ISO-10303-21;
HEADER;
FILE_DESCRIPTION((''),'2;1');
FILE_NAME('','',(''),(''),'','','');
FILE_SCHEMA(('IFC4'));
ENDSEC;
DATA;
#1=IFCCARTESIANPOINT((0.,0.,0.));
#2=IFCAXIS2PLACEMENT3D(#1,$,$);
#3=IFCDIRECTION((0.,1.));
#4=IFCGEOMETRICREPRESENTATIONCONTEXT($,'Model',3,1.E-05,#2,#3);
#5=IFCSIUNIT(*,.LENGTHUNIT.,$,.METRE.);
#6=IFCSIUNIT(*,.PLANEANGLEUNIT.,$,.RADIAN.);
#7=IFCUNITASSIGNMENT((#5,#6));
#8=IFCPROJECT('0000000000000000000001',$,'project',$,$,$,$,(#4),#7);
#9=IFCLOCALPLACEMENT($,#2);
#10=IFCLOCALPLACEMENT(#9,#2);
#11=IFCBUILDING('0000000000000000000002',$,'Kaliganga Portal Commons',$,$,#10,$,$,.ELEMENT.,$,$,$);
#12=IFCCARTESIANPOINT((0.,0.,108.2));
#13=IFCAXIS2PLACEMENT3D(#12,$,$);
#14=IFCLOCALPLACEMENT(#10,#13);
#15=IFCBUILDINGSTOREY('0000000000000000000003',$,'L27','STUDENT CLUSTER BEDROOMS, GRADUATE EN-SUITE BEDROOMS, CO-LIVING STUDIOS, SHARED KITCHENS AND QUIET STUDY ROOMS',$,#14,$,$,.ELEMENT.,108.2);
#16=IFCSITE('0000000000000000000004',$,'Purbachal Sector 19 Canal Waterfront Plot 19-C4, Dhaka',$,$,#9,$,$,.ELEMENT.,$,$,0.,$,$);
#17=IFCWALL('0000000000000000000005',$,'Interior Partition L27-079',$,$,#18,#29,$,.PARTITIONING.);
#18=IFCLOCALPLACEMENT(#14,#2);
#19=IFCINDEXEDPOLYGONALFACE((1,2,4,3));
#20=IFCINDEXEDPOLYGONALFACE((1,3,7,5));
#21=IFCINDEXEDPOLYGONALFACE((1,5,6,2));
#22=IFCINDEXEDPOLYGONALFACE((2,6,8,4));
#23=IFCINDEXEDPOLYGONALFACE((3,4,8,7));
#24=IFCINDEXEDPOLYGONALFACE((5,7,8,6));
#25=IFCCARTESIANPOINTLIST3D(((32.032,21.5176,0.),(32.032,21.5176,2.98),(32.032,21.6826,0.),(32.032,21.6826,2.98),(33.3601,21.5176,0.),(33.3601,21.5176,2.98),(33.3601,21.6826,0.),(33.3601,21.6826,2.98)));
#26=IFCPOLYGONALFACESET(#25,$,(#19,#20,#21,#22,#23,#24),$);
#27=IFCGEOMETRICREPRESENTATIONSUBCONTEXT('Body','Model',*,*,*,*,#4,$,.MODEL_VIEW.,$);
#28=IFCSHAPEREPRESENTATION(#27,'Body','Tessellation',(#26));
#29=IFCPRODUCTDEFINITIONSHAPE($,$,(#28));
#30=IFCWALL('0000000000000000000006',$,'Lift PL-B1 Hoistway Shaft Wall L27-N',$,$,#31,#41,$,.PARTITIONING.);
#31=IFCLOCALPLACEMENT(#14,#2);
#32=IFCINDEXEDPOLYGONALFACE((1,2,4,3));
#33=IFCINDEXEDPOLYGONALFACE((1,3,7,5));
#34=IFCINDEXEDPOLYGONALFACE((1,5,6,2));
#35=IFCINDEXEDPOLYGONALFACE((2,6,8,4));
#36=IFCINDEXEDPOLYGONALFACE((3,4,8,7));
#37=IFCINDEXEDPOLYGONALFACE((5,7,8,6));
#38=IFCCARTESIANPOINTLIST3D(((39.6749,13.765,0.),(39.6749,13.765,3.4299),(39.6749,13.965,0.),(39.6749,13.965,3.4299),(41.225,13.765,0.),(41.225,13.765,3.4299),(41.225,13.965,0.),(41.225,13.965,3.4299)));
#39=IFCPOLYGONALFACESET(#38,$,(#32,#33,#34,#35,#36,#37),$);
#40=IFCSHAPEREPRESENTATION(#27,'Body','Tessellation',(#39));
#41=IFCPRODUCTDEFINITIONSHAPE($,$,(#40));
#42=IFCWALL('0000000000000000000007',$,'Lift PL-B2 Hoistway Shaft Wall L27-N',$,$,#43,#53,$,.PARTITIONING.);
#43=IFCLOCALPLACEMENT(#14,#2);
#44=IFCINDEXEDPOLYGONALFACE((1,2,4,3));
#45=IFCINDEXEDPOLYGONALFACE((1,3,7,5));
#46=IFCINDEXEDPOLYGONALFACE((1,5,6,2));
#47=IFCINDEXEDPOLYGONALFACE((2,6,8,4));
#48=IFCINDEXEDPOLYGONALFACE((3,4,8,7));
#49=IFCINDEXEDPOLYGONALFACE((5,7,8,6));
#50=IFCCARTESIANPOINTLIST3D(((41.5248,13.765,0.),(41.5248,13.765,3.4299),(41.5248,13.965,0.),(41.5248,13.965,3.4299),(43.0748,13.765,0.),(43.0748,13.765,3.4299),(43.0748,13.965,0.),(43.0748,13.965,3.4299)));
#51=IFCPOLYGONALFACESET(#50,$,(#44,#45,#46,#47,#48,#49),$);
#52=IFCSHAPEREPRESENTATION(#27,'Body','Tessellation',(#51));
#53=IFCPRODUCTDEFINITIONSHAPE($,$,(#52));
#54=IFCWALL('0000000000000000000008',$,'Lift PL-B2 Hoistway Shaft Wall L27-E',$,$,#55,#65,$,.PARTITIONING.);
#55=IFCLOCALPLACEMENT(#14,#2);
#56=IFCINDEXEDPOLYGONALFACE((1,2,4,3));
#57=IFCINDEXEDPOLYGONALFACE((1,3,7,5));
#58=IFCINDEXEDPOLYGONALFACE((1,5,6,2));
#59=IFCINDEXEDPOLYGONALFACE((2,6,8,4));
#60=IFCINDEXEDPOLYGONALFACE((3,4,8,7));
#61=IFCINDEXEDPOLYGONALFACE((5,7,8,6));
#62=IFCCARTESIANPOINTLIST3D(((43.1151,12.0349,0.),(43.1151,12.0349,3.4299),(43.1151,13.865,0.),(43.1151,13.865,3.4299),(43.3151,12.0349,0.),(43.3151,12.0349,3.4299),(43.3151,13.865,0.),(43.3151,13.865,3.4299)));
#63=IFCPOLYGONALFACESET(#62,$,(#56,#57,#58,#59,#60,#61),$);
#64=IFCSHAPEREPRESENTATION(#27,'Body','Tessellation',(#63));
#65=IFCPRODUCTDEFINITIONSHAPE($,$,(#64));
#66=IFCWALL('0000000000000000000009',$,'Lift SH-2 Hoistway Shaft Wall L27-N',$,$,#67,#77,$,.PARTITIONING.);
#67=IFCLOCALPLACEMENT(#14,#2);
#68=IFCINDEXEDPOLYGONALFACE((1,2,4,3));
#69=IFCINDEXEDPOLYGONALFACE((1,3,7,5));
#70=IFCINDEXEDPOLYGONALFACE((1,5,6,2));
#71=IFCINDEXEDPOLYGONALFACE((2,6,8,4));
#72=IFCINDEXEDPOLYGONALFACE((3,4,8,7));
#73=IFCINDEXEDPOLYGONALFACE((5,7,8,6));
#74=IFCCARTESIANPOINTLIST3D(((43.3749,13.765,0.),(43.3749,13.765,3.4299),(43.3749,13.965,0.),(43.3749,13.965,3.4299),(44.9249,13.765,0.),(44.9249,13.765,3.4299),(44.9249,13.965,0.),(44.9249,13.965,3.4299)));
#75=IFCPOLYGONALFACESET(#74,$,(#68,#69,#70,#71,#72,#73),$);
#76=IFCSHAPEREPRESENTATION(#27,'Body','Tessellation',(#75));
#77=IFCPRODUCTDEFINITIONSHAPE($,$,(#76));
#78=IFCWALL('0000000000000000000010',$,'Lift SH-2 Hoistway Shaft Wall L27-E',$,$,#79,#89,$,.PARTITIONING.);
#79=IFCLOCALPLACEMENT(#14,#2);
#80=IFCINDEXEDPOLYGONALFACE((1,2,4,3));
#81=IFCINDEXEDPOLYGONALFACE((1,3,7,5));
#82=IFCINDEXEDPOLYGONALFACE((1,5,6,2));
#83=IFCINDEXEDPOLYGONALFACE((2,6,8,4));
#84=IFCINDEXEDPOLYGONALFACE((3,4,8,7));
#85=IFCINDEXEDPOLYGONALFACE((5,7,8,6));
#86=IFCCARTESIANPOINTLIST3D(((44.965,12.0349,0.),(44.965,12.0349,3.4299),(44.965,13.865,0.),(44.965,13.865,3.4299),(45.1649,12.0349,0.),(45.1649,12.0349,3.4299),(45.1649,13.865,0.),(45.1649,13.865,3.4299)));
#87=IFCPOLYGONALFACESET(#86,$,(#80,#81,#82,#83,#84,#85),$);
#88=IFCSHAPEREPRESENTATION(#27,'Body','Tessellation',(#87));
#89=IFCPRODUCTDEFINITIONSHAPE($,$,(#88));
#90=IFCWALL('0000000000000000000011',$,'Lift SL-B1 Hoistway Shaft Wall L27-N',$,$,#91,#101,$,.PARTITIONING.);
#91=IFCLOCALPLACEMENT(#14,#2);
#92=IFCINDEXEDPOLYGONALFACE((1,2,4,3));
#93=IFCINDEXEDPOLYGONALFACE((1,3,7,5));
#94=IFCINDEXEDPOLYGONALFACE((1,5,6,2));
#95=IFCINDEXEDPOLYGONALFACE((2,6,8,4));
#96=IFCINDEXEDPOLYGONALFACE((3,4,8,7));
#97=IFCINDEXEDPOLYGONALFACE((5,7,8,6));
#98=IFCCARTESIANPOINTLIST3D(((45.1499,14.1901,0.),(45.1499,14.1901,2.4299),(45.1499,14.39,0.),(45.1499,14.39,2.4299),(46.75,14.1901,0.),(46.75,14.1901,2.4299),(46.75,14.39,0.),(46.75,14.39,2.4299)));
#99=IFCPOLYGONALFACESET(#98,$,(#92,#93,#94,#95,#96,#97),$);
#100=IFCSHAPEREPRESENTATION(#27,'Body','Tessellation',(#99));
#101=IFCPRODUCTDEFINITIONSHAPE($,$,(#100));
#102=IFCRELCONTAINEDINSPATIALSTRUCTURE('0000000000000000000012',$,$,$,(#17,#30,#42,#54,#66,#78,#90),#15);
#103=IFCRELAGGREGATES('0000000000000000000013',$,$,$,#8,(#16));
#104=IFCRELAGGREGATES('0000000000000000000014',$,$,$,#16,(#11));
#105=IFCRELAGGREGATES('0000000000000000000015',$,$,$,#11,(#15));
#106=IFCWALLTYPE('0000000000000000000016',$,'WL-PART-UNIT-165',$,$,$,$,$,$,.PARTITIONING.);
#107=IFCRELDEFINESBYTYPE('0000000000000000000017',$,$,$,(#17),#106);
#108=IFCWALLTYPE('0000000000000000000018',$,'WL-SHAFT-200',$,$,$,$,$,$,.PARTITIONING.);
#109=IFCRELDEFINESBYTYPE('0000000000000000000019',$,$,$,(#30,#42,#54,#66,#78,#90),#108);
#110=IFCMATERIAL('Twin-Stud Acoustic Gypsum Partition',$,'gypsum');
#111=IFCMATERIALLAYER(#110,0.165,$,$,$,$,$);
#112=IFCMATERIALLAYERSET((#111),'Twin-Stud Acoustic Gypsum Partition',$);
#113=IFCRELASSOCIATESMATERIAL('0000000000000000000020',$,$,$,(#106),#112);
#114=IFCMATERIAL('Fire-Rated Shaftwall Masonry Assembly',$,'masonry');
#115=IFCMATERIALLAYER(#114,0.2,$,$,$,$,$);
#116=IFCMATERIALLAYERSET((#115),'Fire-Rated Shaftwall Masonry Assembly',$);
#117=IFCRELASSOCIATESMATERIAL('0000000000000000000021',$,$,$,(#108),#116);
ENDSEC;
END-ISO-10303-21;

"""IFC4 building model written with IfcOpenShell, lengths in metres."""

from ifc_helpers import new_model, si_unit, direction, frame, frame_2d, origin, place, context, subcontext, project, spatial, rectangle, extrude, material, layer, layer_set, type_object, element, save


model = new_model("IFC4")

# Units and contexts
model_context = context("Model", 3, precision=1e-05, world=origin(), true_north=direction((0.0, 1.0)))
body_context = subcontext(model_context, "Body", "Model", "MODEL_VIEW")
ifc_project = project(units=[si_unit("LENGTHUNIT", "METRE"), si_unit("PLANEANGLEUNIT", "RADIAN")], contexts=[model_context])

# Site, building, storey
site_placement = place(None, origin())
site = spatial("IfcSite", under=ifc_project, at=site_placement, Name="Purbachal Sector 19 Canal Waterfront Plot 19-C4, Dhaka", CompositionType="ELEMENT", RefElevation=0.0)
building_placement = place(site_placement, origin())
building = spatial("IfcBuilding", under=site, at=building_placement, Name="Kaliganga Portal Commons", CompositionType="ELEMENT")
storey_placement = place(building_placement, frame((0.0, 0.0, 108.2)))
storey = spatial("IfcBuildingStorey", under=building, at=storey_placement, Name="L27", Description="STUDENT CLUSTER BEDROOMS, GRADUATE EN-SUITE BEDROOMS, CO-LIVING STUDIOS, SHARED KITCHENS AND QUIET STUDY ROOMS", CompositionType="ELEMENT", Elevation=108.2)

# Walls
ifc_material_1 = material(Name="Twin-Stud Acoustic Gypsum Partition", Category="gypsum")
ifc_layer_1 = layer(ifc_material_1, 0.165)
ifc_layer_set_1 = layer_set([ifc_layer_1], Name="Twin-Stud Acoustic Gypsum Partition")
wall_type_1 = type_object("IfcWallType", Name="WL-PART-UNIT-165", PredefinedType="PARTITIONING", material=ifc_layer_set_1)
wall_1_placement = place(storey_placement, frame((32.032, 21.6001, 0.0), z_axis=(0.0, 0.0, 1.0), x_axis=(1.0, 0.0, 0.0)))
element("IfcWall", 1, at=wall_1_placement, inside=storey, type_object=wall_type_1, Name="Interior Partition L27-079", PredefinedType="PARTITIONING", context=body_context, shape_type="SweptSolid", body=[
    extrude(rectangle(XDim=1.3281, YDim=0.165, at=frame_2d((0.6641, 0.0))), origin(), (0.0, 0.0, 1.0), 2.98),
])
ifc_material_2 = material(Name="Fire-Rated Shaftwall Masonry Assembly", Category="masonry")
ifc_layer_2 = layer(ifc_material_2, 0.2)
ifc_layer_set_2 = layer_set([ifc_layer_2], Name="Fire-Rated Shaftwall Masonry Assembly")
wall_type_2 = type_object("IfcWallType", Name="WL-SHAFT-200", PredefinedType="PARTITIONING", material=ifc_layer_set_2)
for number, where, z_axis, x_axis, name in (
    (2, (39.675, 13.865, 0.0), (0.0, 0.0, 1.0), (1.0, 0.0, 0.0), "Lift PL-B1 Hoistway Shaft Wall L27-N"),
    (3, (41.5249, 13.865, 0.0), (0.0, 0.0, 1.0), (1.0, 0.0, 0.0), "Lift PL-B2 Hoistway Shaft Wall L27-N"),
):
    element("IfcWall", number, at=place(storey_placement, frame(where, z_axis=z_axis, x_axis=x_axis)), inside=storey, type_object=wall_type_2, Name=name, PredefinedType="PARTITIONING", context=body_context, shape_type="SweptSolid", body=[
        extrude(rectangle(XDim=1.55, YDim=0.2, at=frame_2d((0.7749, 0.0))), origin(), (0.0, 0.0, 1.0), 3.4299),
    ])
wall_2_placement = place(storey_placement, frame((43.2151, 12.0349, 0.0), z_axis=(0.0, 0.0, 1.0), x_axis=(0.0, 1.0, 0.0)))
element("IfcWall", 4, at=wall_2_placement, inside=storey, type_object=wall_type_2, Name="Lift PL-B2 Hoistway Shaft Wall L27-E", PredefinedType="PARTITIONING", context=body_context, shape_type="SweptSolid", body=[
    extrude(rectangle(XDim=1.8301, YDim=0.2, at=frame_2d((0.915, 0.0))), origin(), (0.0, 0.0, 1.0), 3.4299),
])

# Walls
wall_3_placement = place(storey_placement, frame((43.375, 13.865, 0.0), z_axis=(0.0, 0.0, 1.0), x_axis=(1.0, 0.0, 0.0)))
element("IfcWall", 5, at=wall_3_placement, inside=storey, type_object=wall_type_2, Name="Lift SH-2 Hoistway Shaft Wall L27-N", PredefinedType="PARTITIONING", context=body_context, shape_type="SweptSolid", body=[
    extrude(rectangle(XDim=1.55, YDim=0.2, at=frame_2d((0.7749, 0.0))), origin(), (0.0, 0.0, 1.0), 3.4299),
])
wall_4_placement = place(storey_placement, frame((45.0649, 12.0349, 0.0), z_axis=(0.0, 0.0, 1.0), x_axis=(0.0, 1.0, 0.0)))
element("IfcWall", 6, at=wall_4_placement, inside=storey, type_object=wall_type_2, Name="Lift SH-2 Hoistway Shaft Wall L27-E", PredefinedType="PARTITIONING", context=body_context, shape_type="SweptSolid", body=[
    extrude(rectangle(XDim=1.8301, YDim=0.2, at=frame_2d((0.915, 0.0))), origin(), (0.0, 0.0, 1.0), 3.4299),
])
wall_5_placement = place(storey_placement, frame((45.1499, 14.29, 0.0), z_axis=(0.0, 0.0, 1.0), x_axis=(1.0, 0.0, 0.0)))
element("IfcWall", 7, at=wall_5_placement, inside=storey, type_object=wall_type_2, Name="Lift SL-B1 Hoistway Shaft Wall L27-N", PredefinedType="PARTITIONING", context=body_context, shape_type="SweptSolid", body=[
    extrude(rectangle(XDim=1.6001, YDim=0.2, at=frame_2d((0.8, 0.0))), origin(), (0.0, 0.0, 1.0), 2.4299),
])

save(model, "model.ifc")
